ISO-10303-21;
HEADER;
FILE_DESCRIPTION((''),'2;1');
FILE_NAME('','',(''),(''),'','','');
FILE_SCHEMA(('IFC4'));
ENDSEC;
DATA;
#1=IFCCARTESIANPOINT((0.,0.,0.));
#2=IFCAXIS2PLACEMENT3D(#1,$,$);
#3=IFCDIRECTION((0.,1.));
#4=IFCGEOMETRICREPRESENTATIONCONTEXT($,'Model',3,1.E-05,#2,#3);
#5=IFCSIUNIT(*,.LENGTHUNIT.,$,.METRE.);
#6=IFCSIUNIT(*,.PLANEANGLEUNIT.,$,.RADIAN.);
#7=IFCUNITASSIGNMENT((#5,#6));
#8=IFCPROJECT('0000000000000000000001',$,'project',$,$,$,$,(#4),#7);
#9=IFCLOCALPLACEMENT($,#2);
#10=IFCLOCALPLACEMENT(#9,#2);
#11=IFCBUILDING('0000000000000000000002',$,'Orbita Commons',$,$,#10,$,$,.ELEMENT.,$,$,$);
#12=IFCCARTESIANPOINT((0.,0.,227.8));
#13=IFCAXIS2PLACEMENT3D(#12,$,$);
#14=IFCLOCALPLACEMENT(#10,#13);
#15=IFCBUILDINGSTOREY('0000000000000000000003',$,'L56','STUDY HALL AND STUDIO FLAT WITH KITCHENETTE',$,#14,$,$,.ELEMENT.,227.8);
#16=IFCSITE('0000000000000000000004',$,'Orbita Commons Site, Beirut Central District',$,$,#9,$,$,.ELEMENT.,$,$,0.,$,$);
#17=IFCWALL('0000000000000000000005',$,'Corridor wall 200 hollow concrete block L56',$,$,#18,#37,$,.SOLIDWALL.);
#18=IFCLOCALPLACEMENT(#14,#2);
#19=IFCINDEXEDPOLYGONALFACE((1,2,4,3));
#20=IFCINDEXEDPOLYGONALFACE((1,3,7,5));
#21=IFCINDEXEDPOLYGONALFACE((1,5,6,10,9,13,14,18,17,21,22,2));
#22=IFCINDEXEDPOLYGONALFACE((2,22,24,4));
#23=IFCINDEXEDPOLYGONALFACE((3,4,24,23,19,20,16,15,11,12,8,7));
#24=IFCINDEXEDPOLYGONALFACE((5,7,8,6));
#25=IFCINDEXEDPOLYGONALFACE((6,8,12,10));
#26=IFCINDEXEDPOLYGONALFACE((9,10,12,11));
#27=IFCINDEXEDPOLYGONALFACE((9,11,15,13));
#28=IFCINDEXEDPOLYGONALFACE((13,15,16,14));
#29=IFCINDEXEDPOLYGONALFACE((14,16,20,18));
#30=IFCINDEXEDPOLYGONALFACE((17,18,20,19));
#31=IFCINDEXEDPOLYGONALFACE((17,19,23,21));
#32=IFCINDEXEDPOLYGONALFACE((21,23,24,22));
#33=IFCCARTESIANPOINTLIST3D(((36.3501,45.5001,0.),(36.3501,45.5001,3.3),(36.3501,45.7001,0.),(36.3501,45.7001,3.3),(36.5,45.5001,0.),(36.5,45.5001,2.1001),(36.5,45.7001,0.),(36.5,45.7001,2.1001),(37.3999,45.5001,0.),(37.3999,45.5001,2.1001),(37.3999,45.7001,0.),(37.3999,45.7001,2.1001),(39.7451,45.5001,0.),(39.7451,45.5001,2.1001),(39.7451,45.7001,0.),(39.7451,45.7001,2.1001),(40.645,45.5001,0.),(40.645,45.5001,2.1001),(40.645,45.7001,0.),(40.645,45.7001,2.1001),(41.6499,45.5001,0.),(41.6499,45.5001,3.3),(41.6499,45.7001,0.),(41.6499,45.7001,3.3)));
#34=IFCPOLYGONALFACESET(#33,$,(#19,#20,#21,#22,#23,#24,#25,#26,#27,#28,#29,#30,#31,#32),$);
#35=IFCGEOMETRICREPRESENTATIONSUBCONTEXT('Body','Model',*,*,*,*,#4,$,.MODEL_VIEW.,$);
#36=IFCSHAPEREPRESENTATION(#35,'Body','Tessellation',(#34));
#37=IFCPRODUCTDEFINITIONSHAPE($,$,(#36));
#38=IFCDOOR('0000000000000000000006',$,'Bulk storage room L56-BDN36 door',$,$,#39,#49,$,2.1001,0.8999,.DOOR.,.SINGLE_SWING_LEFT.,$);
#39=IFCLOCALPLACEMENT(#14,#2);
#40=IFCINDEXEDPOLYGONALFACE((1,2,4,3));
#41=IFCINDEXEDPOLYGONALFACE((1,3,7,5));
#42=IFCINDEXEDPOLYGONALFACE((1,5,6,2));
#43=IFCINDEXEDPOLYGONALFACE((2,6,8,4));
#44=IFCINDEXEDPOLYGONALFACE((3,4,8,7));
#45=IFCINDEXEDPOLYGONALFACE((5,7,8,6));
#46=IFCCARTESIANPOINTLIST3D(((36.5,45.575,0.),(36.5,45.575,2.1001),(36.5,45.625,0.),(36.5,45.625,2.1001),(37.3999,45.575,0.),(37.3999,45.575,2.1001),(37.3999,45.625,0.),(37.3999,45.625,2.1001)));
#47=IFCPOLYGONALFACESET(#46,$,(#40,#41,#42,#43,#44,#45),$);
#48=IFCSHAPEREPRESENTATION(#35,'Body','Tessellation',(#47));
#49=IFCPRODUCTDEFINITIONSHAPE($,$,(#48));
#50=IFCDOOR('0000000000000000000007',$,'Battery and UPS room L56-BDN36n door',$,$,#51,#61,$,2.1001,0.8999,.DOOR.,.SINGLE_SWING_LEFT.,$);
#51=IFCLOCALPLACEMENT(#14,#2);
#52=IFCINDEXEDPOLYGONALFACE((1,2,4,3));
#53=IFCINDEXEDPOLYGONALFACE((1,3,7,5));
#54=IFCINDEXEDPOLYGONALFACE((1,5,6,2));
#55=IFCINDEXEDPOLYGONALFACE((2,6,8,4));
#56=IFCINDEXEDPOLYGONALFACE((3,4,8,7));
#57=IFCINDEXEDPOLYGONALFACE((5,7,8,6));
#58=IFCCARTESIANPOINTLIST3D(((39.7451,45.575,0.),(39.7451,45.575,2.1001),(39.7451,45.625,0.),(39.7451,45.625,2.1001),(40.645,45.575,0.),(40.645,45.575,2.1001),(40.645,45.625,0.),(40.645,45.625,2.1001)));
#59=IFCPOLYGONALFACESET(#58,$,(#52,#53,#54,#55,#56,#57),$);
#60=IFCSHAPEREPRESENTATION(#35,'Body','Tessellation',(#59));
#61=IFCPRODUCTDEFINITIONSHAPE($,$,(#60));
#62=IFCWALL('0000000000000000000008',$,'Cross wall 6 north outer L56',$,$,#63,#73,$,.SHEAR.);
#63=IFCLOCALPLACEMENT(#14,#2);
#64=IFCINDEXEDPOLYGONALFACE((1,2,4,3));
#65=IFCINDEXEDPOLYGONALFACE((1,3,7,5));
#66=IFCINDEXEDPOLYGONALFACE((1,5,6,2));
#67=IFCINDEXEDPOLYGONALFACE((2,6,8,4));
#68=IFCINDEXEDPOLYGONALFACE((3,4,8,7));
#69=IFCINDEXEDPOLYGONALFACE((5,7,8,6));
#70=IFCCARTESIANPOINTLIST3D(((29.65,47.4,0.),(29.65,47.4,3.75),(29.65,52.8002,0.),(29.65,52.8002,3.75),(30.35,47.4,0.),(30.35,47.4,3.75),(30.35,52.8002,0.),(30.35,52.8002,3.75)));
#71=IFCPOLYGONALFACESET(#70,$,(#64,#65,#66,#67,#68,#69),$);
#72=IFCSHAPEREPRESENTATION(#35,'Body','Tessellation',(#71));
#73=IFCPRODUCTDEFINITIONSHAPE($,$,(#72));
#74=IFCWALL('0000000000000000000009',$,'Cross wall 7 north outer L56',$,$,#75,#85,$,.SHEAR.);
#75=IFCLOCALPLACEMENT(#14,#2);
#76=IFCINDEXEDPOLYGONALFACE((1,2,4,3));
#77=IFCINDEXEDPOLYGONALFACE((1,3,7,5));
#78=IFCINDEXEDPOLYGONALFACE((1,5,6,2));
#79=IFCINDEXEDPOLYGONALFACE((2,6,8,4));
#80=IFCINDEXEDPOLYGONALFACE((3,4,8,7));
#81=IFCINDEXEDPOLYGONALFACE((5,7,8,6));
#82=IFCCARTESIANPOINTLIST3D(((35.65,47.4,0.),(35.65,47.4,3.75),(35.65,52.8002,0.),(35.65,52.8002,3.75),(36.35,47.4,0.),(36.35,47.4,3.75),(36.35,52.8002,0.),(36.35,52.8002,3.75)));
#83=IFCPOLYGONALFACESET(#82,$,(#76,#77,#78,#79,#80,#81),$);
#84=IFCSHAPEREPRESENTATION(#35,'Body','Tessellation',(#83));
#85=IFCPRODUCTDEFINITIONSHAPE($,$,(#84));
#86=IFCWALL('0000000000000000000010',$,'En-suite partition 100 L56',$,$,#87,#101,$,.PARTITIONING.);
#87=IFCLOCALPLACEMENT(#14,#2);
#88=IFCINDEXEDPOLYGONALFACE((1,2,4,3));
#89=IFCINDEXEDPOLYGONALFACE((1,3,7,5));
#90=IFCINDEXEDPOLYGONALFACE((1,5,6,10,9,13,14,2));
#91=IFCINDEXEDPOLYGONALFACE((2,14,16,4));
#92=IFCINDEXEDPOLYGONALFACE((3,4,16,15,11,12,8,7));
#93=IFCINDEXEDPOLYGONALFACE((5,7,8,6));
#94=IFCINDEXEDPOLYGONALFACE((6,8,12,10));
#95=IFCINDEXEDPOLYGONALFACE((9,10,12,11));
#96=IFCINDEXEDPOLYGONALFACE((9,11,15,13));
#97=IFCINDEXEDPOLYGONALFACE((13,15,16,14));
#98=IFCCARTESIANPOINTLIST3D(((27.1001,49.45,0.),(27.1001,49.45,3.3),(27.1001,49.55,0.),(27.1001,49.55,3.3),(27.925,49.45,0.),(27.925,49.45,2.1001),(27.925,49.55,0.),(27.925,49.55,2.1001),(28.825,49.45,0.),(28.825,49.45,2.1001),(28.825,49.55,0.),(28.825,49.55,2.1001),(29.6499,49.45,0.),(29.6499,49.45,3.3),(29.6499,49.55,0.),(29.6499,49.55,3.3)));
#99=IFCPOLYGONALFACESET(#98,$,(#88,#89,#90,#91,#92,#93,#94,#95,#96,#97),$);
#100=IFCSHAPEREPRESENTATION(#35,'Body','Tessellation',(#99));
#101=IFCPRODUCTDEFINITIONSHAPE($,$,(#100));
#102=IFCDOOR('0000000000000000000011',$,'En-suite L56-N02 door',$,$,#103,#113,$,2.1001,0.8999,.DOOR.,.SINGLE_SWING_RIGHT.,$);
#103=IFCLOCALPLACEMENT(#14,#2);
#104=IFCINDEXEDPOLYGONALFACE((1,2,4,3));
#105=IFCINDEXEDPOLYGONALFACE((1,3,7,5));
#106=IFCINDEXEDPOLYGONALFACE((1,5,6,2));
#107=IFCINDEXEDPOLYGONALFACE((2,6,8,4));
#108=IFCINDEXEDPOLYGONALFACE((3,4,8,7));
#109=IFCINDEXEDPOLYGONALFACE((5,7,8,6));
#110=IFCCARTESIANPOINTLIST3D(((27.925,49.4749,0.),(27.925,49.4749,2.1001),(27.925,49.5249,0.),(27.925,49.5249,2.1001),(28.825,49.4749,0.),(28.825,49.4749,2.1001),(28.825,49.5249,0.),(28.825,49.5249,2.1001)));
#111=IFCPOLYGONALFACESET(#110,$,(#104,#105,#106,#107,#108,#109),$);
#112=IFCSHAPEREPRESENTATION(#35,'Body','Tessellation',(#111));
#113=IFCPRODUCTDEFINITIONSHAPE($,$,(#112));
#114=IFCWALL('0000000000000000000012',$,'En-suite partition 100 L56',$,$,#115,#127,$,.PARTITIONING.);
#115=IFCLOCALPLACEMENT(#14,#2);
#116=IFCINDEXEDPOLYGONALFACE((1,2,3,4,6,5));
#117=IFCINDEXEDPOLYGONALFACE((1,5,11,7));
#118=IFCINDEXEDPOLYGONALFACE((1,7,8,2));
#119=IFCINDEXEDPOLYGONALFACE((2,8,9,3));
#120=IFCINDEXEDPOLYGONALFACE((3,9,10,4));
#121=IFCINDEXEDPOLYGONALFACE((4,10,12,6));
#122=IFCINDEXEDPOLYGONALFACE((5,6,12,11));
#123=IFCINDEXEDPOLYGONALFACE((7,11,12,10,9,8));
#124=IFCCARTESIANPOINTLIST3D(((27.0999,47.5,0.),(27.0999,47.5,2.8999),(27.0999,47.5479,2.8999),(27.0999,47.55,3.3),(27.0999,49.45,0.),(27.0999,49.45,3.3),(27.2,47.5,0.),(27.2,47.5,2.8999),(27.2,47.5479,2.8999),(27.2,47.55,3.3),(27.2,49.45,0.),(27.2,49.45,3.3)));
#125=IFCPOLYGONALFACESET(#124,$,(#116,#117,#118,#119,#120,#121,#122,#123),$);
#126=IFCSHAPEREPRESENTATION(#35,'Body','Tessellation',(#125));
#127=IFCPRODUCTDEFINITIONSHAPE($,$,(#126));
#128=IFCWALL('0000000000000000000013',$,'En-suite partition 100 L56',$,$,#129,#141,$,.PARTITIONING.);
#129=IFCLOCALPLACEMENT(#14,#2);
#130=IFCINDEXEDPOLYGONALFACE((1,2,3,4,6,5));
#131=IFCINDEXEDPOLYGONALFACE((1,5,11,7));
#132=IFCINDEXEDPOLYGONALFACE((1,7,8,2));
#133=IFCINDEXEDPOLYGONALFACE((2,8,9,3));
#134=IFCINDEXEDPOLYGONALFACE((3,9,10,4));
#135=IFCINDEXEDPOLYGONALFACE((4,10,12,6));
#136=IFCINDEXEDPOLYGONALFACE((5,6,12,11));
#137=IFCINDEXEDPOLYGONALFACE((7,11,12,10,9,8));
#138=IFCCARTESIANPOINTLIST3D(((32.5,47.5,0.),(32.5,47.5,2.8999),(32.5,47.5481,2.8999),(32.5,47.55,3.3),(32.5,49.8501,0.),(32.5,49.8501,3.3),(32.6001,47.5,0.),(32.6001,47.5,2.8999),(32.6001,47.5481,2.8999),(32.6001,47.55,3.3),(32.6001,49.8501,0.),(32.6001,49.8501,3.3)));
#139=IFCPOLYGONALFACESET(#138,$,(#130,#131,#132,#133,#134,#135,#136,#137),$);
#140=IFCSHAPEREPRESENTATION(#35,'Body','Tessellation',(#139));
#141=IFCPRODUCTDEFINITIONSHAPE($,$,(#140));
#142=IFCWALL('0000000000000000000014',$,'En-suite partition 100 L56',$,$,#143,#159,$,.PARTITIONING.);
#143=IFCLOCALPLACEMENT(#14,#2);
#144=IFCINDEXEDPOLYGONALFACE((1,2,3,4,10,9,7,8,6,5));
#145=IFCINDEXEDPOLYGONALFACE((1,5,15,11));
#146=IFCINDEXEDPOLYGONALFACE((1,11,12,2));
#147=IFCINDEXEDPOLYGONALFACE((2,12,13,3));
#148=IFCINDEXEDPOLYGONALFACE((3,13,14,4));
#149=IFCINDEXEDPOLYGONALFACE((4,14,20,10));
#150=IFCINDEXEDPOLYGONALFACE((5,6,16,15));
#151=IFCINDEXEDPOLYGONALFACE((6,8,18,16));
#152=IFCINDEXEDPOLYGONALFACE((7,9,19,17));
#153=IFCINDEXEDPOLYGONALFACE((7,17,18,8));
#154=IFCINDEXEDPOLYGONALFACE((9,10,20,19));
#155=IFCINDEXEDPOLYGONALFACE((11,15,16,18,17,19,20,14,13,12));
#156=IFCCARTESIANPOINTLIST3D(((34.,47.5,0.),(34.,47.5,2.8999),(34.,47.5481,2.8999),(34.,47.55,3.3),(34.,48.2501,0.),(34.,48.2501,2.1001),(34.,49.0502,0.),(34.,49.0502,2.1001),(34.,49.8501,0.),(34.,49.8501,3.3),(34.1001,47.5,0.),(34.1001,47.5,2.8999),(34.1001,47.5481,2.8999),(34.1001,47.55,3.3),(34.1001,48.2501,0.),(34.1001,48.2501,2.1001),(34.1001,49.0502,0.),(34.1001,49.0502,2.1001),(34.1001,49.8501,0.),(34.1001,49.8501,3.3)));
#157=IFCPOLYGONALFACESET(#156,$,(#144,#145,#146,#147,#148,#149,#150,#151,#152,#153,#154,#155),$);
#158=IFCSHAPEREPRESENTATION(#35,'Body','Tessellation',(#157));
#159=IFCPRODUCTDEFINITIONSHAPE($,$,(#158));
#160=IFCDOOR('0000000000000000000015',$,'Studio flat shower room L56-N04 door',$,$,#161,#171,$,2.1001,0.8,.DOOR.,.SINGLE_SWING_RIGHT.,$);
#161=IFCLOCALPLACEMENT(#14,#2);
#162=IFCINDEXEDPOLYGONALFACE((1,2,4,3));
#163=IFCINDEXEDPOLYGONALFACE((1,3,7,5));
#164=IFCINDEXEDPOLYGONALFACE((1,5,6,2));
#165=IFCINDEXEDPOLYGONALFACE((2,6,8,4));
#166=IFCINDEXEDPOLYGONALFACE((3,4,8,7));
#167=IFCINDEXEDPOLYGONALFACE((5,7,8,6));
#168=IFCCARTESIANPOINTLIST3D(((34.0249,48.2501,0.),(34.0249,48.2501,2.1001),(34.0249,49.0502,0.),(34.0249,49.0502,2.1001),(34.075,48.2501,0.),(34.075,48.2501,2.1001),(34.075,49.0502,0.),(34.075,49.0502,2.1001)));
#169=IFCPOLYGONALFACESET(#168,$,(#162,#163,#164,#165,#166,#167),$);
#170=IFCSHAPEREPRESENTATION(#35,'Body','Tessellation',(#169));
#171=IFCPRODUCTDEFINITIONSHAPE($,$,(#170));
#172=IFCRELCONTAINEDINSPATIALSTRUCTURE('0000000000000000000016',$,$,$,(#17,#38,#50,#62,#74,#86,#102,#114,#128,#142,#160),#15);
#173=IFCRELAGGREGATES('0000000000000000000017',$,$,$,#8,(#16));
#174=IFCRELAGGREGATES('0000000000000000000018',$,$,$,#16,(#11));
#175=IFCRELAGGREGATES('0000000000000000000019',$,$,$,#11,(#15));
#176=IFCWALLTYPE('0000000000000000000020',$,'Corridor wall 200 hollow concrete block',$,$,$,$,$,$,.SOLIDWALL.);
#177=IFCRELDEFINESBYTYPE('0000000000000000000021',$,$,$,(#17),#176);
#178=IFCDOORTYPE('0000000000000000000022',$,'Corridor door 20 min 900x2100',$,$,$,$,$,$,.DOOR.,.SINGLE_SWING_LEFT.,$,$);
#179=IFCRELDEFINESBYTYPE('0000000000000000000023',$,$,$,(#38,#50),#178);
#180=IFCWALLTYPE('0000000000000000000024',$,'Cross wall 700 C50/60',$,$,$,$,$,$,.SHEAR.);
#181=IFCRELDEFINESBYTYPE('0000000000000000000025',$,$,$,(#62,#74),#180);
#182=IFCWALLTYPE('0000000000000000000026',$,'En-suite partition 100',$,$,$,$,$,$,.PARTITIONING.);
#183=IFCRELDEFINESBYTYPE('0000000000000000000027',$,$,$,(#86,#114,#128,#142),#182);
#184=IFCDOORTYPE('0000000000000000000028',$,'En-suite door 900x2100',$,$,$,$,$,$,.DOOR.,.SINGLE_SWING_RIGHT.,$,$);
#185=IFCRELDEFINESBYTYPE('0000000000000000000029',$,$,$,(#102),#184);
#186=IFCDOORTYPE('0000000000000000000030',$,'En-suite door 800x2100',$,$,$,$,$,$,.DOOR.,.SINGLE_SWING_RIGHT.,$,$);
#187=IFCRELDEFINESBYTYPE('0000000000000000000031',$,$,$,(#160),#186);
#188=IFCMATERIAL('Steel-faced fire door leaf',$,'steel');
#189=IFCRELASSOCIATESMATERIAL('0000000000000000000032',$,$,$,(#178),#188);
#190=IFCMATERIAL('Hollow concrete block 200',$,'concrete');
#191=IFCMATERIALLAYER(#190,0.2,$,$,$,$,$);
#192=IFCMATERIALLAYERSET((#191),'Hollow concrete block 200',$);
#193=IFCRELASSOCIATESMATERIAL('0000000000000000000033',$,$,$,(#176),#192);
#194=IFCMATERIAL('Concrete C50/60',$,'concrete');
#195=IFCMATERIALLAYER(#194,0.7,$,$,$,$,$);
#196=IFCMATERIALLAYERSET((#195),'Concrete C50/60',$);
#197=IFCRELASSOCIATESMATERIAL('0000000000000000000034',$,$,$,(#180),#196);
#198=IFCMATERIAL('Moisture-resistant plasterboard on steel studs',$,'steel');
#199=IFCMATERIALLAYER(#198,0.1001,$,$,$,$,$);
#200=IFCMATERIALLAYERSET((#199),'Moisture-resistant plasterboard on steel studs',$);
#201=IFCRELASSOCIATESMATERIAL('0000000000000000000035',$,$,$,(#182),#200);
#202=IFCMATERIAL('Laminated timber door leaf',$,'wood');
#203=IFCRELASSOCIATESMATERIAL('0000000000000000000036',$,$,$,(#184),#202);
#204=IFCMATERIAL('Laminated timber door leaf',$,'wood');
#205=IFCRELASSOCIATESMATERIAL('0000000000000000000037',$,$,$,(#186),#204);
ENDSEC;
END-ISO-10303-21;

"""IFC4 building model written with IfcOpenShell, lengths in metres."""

from ifc_helpers import new_model, si_unit, direction, frame, frame_2d, origin, place, context, subcontext, project, spatial, polyline, rectangle, outline, extrude, material, layer, layer_set, type_object, element, fill, save


model = new_model("IFC4")

# Units and contexts
model_context = context("Model", 3, precision=1e-05, world=origin(), true_north=direction((0.0, 1.0)))
body_context = subcontext(model_context, "Body", "Model", "MODEL_VIEW")
ifc_project = project(units=[si_unit("LENGTHUNIT", "METRE"), si_unit("PLANEANGLEUNIT", "RADIAN")], contexts=[model_context])

# Site, building, storey
site_placement = place(None, origin())
site = spatial("IfcSite", under=ifc_project, at=site_placement, Name="Orbita Commons Site, Beirut Central District", CompositionType="ELEMENT", RefElevation=0.0)
building_placement = place(site_placement, origin())
building = spatial("IfcBuilding", under=site, at=building_placement, Name="Orbita Commons", CompositionType="ELEMENT")
storey_placement = place(building_placement, frame((0.0, 0.0, 227.8)))
storey = spatial("IfcBuildingStorey", under=building, at=storey_placement, Name="L56", Description="STUDY HALL AND STUDIO FLAT WITH KITCHENETTE", CompositionType="ELEMENT", Elevation=227.8)

# Shared definitions
ifc_material_1 = material(Name="Steel-faced fire door leaf", Category="steel")
door_type_1 = type_object("IfcDoorType", Name="Corridor door 20 min 900x2100", OperationType="SINGLE_SWING_LEFT", PredefinedType="DOOR", material=ifc_material_1)

# Wall, openings, doors
ifc_material_2 = material(Name="Hollow concrete block 200", Category="concrete")
ifc_layer_1 = layer(ifc_material_2, 0.2)
ifc_layer_set_1 = layer_set([ifc_layer_1], Name="Hollow concrete block 200")
wall_type_1 = type_object("IfcWallType", Name="Corridor wall 200 hollow concrete block", PredefinedType="SOLIDWALL", material=ifc_layer_set_1)
wall_1_placement = place(storey_placement, frame((36.3501, 45.6001, 0.0), z_axis=(0.0, 0.0, 1.0), x_axis=(1.0, 0.0, 0.0)))
wall_1 = element("IfcWall", 1, at=wall_1_placement, inside=storey, type_object=wall_type_1, Name="Corridor wall 200 hollow concrete block L56", PredefinedType="SOLIDWALL", context=body_context, shape_type="SweptSolid", body=[
    extrude(rectangle(XDim=5.2998, YDim=0.2, at=frame_2d((2.6499, 0.0))), origin(), (0.0, 0.0, 1.0), 3.3),
])
opening_1_placement = place(wall_1_placement, frame((0.1499, 0.0, 0.0)))
opening_1 = element("IfcOpeningElement", 2, at=opening_1_placement, cuts=wall_1, PredefinedType="OPENING", context=body_context, shape_type="SweptSolid", body=[
    extrude(rectangle(XDim=0.8999, YDim=2.1001, at=frame_2d((0.45, 1.05))), frame((0.0, 0.1099, 0.0), z_axis=(0.0, -1.0, 0.0), x_axis=(1.0, 0.0, 0.0)), (0.0, 0.0, 1.0), 0.22),
])
opening_2_placement = place(wall_1_placement, frame((3.395, 0.0, 0.0)))
opening_2 = element("IfcOpeningElement", 3, at=opening_2_placement, cuts=wall_1, PredefinedType="OPENING", context=body_context, shape_type="SweptSolid", body=[
    extrude(rectangle(XDim=0.8999, YDim=2.1001, at=frame_2d((0.45, 1.05))), frame((0.0, 0.1099, 0.0), z_axis=(0.0, -1.0, 0.0), x_axis=(1.0, 0.0, 0.0)), (0.0, 0.0, 1.0), 0.22),
])
door_1_placement = place(opening_1_placement, origin())
door_1 = element("IfcDoor", 4, at=door_1_placement, inside=storey, type_object=door_type_1, Name="Bulk storage room L56-BDN36 door", OperationType="SINGLE_SWING_LEFT", OverallHeight=2.1001, OverallWidth=0.8999, PredefinedType="DOOR", context=body_context, shape_type="SweptSolid", body=[
    extrude(rectangle(XDim=0.8999, YDim=2.1001, at=frame_2d((0.45, 1.05))), frame((0.0, 0.0249, 0.0), z_axis=(0.0, -1.0, 0.0), x_axis=(1.0, 0.0, 0.0)), (0.0, 0.0, 1.0), 0.05),
])
fill(opening_1, door_1)
door_2_placement = place(opening_2_placement, origin())
door_2 = element("IfcDoor", 5, at=door_2_placement, inside=storey, type_object=door_type_1, Name="Battery and UPS room L56-BDN36n door", OperationType="SINGLE_SWING_LEFT", OverallHeight=2.1001, OverallWidth=0.8999, PredefinedType="DOOR", context=body_context, shape_type="SweptSolid", body=[
    extrude(rectangle(XDim=0.8999, YDim=2.1001, at=frame_2d((0.45, 1.05))), frame((0.0, 0.0249, 0.0), z_axis=(0.0, -1.0, 0.0), x_axis=(1.0, 0.0, 0.0)), (0.0, 0.0, 1.0), 0.05),
])
fill(opening_2, door_2)

# Walls
ifc_material_3 = material(Name="Concrete C50/60", Category="concrete")
ifc_layer_2 = layer(ifc_material_3, 0.7)
ifc_layer_set_2 = layer_set([ifc_layer_2], Name="Concrete C50/60")
wall_type_2 = type_object("IfcWallType", Name="Cross wall 700 C50/60", PredefinedType="SHEAR", material=ifc_layer_set_2)
for number, where, z_axis, x_axis, name in (
    (6, (30.0, 47.3999, 0.0), (0.0, 0.0, 1.0), (0.0, 1.0, 0.0), "Cross wall 6 north outer L56"),
    (7, (36.0, 47.3999, 0.0), (0.0, 0.0, 1.0), (0.0, 1.0, 0.0), "Cross wall 7 north outer L56"),
):
    element("IfcWall", number, at=place(storey_placement, frame(where, z_axis=z_axis, x_axis=x_axis)), inside=storey, type_object=wall_type_2, Name=name, PredefinedType="SHEAR", context=body_context, shape_type="SweptSolid", body=[
        extrude(rectangle(XDim=5.4001, YDim=0.7, at=frame_2d((2.7002, 0.0))), origin(), (0.0, 0.0, 1.0), 3.75),
    ])

# Wall, opening, door
ifc_material_4 = material(Name="Moisture-resistant plasterboard on steel studs", Category="steel")
ifc_layer_3 = layer(ifc_material_4, 0.1001)
ifc_layer_set_3 = layer_set([ifc_layer_3], Name="Moisture-resistant plasterboard on steel studs")
wall_type_3 = type_object("IfcWallType", Name="En-suite partition 100", PredefinedType="PARTITIONING", material=ifc_layer_set_3)
wall_2_placement = place(storey_placement, frame((27.1001, 49.5, 0.0), z_axis=(0.0, 0.0, 1.0), x_axis=(1.0, 0.0, 0.0)))
wall_2 = element("IfcWall", 8, at=wall_2_placement, inside=storey, type_object=wall_type_3, Name="En-suite partition 100 L56", PredefinedType="PARTITIONING", context=body_context, shape_type="SweptSolid", body=[
    extrude(rectangle(XDim=2.5498, YDim=0.1001, at=frame_2d((1.2749, 0.0))), origin(), (0.0, 0.0, 1.0), 3.3),
])
opening_3_placement = place(wall_2_placement, frame((0.825, 0.0, 0.0)))
opening_3 = element("IfcOpeningElement", 9, at=opening_3_placement, cuts=wall_2, PredefinedType="OPENING", context=body_context, shape_type="SweptSolid", body=[
    extrude(rectangle(XDim=0.8999, YDim=2.1001, at=frame_2d((0.45, 1.05))), frame((0.0, 0.0601, 0.0), z_axis=(0.0, -1.0, 0.0), x_axis=(1.0, 0.0, 0.0)), (0.0, 0.0, 1.0), 0.1201),
])
ifc_material_5 = material(Name="Laminated timber door leaf", Category="wood")
door_type_2 = type_object("IfcDoorType", Name="En-suite door 900x2100", OperationType="SINGLE_SWING_RIGHT", PredefinedType="DOOR", material=ifc_material_5)
door_3_placement = place(opening_3_placement, origin())
door_3 = element("IfcDoor", 10, at=door_3_placement, inside=storey, type_object=door_type_2, Name="En-suite L56-N02 door", OperationType="SINGLE_SWING_RIGHT", OverallHeight=2.1001, OverallWidth=0.8999, PredefinedType="DOOR", context=body_context, shape_type="SweptSolid", body=[
    extrude(rectangle(XDim=0.8999, YDim=2.1001, at=frame_2d((0.45, 1.05))), frame((0.0, 0.0249, 0.0), z_axis=(0.0, -1.0, 0.0), x_axis=(1.0, 0.0, 0.0)), (0.0, 0.0, 1.0), 0.05),
])
fill(opening_3, door_3)

# Walls
wall_3_placement = place(storey_placement, frame((27.1499, 49.45, 0.0), z_axis=(0.0, 0.0, 1.0), x_axis=(0.0, -1.0, 0.0)))
element("IfcWall", 11, at=wall_3_placement, inside=storey, type_object=wall_type_3, Name="En-suite partition 100 L56", PredefinedType="PARTITIONING", context=body_context, shape_type="SweptSolid", body=[
    extrude(outline(polyline([(0.0, 0.0), (1.95, 0.0), (1.95, 2.8999), (1.9021, 2.8999), (1.8999, 3.3), (0.0, 3.3), (0.0, 0.0)])), frame((0.0, 0.05, 0.0), z_axis=(0.0, -1.0, 0.0), x_axis=(1.0, 0.0, 0.0)), (0.0, 0.0, 1.0), 0.1001),
])
wall_4_placement = place(storey_placement, frame((32.55, 49.8501, 0.0), z_axis=(0.0, 0.0, 1.0), x_axis=(0.0, -1.0, 0.0)))
element("IfcWall", 12, at=wall_4_placement, inside=storey, type_object=wall_type_3, Name="En-suite partition 100 L56", PredefinedType="PARTITIONING", context=body_context, shape_type="SweptSolid", body=[
    extrude(outline(polyline([(0.0, 0.0), (2.3501, 0.0), (2.3501, 2.8999), (2.302, 2.8999), (2.3, 3.3), (0.0, 3.3), (0.0, 0.0)])), frame((0.0, 0.05, 0.0), z_axis=(0.0, -1.0, 0.0), x_axis=(1.0, 0.0, 0.0)), (0.0, 0.0, 1.0), 0.1001),
])

# Wall, opening, door
wall_5_placement = place(storey_placement, frame((34.05, 49.8501, 0.0), z_axis=(0.0, 0.0, 1.0), x_axis=(0.0, -1.0, 0.0)))
wall_5 = element("IfcWall", 13, at=wall_5_placement, inside=storey, type_object=wall_type_3, Name="En-suite partition 100 L56", PredefinedType="PARTITIONING", context=body_context, shape_type="SweptSolid", body=[
    extrude(outline(polyline([(0.0, 0.0), (2.3501, 0.0), (2.3501, 2.8999), (2.302, 2.8999), (2.3, 3.3), (0.0, 3.3), (0.0, 0.0)])), frame((0.0, 0.05, 0.0), z_axis=(0.0, -1.0, 0.0), x_axis=(1.0, 0.0, 0.0)), (0.0, 0.0, 1.0), 0.1001),
])
opening_4_placement = place(wall_5_placement, frame((0.8, 0.0, 0.0)))
opening_4 = element("IfcOpeningElement", 14, at=opening_4_placement, cuts=wall_5, PredefinedType="OPENING", context=body_context, shape_type="SweptSolid", body=[
    extrude(rectangle(XDim=0.8, YDim=2.1001, at=frame_2d((0.3999, 1.05))), frame((0.0, 0.0601, 0.0), z_axis=(0.0, -1.0, 0.0), x_axis=(1.0, 0.0, 0.0)), (0.0, 0.0, 1.0), 0.1201),
])
ifc_material_6 = material(Name="Laminated timber door leaf", Category="wood")
door_type_3 = type_object("IfcDoorType", Name="En-suite door 800x2100", OperationType="SINGLE_SWING_RIGHT", PredefinedType="DOOR", material=ifc_material_6)
door_4_placement = place(opening_4_placement, origin())
door_4 = element("IfcDoor", 15, at=door_4_placement, inside=storey, type_object=door_type_3, Name="Studio flat shower room L56-N04 door", OperationType="SINGLE_SWING_RIGHT", OverallHeight=2.1001, OverallWidth=0.8, PredefinedType="DOOR", context=body_context, shape_type="SweptSolid", body=[
    extrude(rectangle(XDim=0.8, YDim=2.1001, at=frame_2d((0.3999, 1.05))), frame((0.0, 0.0249, 0.0), z_axis=(0.0, -1.0, 0.0), x_axis=(1.0, 0.0, 0.0)), (0.0, 0.0, 1.0), 0.05),
])
fill(opening_4, door_4)

save(model, "model.ifc")
